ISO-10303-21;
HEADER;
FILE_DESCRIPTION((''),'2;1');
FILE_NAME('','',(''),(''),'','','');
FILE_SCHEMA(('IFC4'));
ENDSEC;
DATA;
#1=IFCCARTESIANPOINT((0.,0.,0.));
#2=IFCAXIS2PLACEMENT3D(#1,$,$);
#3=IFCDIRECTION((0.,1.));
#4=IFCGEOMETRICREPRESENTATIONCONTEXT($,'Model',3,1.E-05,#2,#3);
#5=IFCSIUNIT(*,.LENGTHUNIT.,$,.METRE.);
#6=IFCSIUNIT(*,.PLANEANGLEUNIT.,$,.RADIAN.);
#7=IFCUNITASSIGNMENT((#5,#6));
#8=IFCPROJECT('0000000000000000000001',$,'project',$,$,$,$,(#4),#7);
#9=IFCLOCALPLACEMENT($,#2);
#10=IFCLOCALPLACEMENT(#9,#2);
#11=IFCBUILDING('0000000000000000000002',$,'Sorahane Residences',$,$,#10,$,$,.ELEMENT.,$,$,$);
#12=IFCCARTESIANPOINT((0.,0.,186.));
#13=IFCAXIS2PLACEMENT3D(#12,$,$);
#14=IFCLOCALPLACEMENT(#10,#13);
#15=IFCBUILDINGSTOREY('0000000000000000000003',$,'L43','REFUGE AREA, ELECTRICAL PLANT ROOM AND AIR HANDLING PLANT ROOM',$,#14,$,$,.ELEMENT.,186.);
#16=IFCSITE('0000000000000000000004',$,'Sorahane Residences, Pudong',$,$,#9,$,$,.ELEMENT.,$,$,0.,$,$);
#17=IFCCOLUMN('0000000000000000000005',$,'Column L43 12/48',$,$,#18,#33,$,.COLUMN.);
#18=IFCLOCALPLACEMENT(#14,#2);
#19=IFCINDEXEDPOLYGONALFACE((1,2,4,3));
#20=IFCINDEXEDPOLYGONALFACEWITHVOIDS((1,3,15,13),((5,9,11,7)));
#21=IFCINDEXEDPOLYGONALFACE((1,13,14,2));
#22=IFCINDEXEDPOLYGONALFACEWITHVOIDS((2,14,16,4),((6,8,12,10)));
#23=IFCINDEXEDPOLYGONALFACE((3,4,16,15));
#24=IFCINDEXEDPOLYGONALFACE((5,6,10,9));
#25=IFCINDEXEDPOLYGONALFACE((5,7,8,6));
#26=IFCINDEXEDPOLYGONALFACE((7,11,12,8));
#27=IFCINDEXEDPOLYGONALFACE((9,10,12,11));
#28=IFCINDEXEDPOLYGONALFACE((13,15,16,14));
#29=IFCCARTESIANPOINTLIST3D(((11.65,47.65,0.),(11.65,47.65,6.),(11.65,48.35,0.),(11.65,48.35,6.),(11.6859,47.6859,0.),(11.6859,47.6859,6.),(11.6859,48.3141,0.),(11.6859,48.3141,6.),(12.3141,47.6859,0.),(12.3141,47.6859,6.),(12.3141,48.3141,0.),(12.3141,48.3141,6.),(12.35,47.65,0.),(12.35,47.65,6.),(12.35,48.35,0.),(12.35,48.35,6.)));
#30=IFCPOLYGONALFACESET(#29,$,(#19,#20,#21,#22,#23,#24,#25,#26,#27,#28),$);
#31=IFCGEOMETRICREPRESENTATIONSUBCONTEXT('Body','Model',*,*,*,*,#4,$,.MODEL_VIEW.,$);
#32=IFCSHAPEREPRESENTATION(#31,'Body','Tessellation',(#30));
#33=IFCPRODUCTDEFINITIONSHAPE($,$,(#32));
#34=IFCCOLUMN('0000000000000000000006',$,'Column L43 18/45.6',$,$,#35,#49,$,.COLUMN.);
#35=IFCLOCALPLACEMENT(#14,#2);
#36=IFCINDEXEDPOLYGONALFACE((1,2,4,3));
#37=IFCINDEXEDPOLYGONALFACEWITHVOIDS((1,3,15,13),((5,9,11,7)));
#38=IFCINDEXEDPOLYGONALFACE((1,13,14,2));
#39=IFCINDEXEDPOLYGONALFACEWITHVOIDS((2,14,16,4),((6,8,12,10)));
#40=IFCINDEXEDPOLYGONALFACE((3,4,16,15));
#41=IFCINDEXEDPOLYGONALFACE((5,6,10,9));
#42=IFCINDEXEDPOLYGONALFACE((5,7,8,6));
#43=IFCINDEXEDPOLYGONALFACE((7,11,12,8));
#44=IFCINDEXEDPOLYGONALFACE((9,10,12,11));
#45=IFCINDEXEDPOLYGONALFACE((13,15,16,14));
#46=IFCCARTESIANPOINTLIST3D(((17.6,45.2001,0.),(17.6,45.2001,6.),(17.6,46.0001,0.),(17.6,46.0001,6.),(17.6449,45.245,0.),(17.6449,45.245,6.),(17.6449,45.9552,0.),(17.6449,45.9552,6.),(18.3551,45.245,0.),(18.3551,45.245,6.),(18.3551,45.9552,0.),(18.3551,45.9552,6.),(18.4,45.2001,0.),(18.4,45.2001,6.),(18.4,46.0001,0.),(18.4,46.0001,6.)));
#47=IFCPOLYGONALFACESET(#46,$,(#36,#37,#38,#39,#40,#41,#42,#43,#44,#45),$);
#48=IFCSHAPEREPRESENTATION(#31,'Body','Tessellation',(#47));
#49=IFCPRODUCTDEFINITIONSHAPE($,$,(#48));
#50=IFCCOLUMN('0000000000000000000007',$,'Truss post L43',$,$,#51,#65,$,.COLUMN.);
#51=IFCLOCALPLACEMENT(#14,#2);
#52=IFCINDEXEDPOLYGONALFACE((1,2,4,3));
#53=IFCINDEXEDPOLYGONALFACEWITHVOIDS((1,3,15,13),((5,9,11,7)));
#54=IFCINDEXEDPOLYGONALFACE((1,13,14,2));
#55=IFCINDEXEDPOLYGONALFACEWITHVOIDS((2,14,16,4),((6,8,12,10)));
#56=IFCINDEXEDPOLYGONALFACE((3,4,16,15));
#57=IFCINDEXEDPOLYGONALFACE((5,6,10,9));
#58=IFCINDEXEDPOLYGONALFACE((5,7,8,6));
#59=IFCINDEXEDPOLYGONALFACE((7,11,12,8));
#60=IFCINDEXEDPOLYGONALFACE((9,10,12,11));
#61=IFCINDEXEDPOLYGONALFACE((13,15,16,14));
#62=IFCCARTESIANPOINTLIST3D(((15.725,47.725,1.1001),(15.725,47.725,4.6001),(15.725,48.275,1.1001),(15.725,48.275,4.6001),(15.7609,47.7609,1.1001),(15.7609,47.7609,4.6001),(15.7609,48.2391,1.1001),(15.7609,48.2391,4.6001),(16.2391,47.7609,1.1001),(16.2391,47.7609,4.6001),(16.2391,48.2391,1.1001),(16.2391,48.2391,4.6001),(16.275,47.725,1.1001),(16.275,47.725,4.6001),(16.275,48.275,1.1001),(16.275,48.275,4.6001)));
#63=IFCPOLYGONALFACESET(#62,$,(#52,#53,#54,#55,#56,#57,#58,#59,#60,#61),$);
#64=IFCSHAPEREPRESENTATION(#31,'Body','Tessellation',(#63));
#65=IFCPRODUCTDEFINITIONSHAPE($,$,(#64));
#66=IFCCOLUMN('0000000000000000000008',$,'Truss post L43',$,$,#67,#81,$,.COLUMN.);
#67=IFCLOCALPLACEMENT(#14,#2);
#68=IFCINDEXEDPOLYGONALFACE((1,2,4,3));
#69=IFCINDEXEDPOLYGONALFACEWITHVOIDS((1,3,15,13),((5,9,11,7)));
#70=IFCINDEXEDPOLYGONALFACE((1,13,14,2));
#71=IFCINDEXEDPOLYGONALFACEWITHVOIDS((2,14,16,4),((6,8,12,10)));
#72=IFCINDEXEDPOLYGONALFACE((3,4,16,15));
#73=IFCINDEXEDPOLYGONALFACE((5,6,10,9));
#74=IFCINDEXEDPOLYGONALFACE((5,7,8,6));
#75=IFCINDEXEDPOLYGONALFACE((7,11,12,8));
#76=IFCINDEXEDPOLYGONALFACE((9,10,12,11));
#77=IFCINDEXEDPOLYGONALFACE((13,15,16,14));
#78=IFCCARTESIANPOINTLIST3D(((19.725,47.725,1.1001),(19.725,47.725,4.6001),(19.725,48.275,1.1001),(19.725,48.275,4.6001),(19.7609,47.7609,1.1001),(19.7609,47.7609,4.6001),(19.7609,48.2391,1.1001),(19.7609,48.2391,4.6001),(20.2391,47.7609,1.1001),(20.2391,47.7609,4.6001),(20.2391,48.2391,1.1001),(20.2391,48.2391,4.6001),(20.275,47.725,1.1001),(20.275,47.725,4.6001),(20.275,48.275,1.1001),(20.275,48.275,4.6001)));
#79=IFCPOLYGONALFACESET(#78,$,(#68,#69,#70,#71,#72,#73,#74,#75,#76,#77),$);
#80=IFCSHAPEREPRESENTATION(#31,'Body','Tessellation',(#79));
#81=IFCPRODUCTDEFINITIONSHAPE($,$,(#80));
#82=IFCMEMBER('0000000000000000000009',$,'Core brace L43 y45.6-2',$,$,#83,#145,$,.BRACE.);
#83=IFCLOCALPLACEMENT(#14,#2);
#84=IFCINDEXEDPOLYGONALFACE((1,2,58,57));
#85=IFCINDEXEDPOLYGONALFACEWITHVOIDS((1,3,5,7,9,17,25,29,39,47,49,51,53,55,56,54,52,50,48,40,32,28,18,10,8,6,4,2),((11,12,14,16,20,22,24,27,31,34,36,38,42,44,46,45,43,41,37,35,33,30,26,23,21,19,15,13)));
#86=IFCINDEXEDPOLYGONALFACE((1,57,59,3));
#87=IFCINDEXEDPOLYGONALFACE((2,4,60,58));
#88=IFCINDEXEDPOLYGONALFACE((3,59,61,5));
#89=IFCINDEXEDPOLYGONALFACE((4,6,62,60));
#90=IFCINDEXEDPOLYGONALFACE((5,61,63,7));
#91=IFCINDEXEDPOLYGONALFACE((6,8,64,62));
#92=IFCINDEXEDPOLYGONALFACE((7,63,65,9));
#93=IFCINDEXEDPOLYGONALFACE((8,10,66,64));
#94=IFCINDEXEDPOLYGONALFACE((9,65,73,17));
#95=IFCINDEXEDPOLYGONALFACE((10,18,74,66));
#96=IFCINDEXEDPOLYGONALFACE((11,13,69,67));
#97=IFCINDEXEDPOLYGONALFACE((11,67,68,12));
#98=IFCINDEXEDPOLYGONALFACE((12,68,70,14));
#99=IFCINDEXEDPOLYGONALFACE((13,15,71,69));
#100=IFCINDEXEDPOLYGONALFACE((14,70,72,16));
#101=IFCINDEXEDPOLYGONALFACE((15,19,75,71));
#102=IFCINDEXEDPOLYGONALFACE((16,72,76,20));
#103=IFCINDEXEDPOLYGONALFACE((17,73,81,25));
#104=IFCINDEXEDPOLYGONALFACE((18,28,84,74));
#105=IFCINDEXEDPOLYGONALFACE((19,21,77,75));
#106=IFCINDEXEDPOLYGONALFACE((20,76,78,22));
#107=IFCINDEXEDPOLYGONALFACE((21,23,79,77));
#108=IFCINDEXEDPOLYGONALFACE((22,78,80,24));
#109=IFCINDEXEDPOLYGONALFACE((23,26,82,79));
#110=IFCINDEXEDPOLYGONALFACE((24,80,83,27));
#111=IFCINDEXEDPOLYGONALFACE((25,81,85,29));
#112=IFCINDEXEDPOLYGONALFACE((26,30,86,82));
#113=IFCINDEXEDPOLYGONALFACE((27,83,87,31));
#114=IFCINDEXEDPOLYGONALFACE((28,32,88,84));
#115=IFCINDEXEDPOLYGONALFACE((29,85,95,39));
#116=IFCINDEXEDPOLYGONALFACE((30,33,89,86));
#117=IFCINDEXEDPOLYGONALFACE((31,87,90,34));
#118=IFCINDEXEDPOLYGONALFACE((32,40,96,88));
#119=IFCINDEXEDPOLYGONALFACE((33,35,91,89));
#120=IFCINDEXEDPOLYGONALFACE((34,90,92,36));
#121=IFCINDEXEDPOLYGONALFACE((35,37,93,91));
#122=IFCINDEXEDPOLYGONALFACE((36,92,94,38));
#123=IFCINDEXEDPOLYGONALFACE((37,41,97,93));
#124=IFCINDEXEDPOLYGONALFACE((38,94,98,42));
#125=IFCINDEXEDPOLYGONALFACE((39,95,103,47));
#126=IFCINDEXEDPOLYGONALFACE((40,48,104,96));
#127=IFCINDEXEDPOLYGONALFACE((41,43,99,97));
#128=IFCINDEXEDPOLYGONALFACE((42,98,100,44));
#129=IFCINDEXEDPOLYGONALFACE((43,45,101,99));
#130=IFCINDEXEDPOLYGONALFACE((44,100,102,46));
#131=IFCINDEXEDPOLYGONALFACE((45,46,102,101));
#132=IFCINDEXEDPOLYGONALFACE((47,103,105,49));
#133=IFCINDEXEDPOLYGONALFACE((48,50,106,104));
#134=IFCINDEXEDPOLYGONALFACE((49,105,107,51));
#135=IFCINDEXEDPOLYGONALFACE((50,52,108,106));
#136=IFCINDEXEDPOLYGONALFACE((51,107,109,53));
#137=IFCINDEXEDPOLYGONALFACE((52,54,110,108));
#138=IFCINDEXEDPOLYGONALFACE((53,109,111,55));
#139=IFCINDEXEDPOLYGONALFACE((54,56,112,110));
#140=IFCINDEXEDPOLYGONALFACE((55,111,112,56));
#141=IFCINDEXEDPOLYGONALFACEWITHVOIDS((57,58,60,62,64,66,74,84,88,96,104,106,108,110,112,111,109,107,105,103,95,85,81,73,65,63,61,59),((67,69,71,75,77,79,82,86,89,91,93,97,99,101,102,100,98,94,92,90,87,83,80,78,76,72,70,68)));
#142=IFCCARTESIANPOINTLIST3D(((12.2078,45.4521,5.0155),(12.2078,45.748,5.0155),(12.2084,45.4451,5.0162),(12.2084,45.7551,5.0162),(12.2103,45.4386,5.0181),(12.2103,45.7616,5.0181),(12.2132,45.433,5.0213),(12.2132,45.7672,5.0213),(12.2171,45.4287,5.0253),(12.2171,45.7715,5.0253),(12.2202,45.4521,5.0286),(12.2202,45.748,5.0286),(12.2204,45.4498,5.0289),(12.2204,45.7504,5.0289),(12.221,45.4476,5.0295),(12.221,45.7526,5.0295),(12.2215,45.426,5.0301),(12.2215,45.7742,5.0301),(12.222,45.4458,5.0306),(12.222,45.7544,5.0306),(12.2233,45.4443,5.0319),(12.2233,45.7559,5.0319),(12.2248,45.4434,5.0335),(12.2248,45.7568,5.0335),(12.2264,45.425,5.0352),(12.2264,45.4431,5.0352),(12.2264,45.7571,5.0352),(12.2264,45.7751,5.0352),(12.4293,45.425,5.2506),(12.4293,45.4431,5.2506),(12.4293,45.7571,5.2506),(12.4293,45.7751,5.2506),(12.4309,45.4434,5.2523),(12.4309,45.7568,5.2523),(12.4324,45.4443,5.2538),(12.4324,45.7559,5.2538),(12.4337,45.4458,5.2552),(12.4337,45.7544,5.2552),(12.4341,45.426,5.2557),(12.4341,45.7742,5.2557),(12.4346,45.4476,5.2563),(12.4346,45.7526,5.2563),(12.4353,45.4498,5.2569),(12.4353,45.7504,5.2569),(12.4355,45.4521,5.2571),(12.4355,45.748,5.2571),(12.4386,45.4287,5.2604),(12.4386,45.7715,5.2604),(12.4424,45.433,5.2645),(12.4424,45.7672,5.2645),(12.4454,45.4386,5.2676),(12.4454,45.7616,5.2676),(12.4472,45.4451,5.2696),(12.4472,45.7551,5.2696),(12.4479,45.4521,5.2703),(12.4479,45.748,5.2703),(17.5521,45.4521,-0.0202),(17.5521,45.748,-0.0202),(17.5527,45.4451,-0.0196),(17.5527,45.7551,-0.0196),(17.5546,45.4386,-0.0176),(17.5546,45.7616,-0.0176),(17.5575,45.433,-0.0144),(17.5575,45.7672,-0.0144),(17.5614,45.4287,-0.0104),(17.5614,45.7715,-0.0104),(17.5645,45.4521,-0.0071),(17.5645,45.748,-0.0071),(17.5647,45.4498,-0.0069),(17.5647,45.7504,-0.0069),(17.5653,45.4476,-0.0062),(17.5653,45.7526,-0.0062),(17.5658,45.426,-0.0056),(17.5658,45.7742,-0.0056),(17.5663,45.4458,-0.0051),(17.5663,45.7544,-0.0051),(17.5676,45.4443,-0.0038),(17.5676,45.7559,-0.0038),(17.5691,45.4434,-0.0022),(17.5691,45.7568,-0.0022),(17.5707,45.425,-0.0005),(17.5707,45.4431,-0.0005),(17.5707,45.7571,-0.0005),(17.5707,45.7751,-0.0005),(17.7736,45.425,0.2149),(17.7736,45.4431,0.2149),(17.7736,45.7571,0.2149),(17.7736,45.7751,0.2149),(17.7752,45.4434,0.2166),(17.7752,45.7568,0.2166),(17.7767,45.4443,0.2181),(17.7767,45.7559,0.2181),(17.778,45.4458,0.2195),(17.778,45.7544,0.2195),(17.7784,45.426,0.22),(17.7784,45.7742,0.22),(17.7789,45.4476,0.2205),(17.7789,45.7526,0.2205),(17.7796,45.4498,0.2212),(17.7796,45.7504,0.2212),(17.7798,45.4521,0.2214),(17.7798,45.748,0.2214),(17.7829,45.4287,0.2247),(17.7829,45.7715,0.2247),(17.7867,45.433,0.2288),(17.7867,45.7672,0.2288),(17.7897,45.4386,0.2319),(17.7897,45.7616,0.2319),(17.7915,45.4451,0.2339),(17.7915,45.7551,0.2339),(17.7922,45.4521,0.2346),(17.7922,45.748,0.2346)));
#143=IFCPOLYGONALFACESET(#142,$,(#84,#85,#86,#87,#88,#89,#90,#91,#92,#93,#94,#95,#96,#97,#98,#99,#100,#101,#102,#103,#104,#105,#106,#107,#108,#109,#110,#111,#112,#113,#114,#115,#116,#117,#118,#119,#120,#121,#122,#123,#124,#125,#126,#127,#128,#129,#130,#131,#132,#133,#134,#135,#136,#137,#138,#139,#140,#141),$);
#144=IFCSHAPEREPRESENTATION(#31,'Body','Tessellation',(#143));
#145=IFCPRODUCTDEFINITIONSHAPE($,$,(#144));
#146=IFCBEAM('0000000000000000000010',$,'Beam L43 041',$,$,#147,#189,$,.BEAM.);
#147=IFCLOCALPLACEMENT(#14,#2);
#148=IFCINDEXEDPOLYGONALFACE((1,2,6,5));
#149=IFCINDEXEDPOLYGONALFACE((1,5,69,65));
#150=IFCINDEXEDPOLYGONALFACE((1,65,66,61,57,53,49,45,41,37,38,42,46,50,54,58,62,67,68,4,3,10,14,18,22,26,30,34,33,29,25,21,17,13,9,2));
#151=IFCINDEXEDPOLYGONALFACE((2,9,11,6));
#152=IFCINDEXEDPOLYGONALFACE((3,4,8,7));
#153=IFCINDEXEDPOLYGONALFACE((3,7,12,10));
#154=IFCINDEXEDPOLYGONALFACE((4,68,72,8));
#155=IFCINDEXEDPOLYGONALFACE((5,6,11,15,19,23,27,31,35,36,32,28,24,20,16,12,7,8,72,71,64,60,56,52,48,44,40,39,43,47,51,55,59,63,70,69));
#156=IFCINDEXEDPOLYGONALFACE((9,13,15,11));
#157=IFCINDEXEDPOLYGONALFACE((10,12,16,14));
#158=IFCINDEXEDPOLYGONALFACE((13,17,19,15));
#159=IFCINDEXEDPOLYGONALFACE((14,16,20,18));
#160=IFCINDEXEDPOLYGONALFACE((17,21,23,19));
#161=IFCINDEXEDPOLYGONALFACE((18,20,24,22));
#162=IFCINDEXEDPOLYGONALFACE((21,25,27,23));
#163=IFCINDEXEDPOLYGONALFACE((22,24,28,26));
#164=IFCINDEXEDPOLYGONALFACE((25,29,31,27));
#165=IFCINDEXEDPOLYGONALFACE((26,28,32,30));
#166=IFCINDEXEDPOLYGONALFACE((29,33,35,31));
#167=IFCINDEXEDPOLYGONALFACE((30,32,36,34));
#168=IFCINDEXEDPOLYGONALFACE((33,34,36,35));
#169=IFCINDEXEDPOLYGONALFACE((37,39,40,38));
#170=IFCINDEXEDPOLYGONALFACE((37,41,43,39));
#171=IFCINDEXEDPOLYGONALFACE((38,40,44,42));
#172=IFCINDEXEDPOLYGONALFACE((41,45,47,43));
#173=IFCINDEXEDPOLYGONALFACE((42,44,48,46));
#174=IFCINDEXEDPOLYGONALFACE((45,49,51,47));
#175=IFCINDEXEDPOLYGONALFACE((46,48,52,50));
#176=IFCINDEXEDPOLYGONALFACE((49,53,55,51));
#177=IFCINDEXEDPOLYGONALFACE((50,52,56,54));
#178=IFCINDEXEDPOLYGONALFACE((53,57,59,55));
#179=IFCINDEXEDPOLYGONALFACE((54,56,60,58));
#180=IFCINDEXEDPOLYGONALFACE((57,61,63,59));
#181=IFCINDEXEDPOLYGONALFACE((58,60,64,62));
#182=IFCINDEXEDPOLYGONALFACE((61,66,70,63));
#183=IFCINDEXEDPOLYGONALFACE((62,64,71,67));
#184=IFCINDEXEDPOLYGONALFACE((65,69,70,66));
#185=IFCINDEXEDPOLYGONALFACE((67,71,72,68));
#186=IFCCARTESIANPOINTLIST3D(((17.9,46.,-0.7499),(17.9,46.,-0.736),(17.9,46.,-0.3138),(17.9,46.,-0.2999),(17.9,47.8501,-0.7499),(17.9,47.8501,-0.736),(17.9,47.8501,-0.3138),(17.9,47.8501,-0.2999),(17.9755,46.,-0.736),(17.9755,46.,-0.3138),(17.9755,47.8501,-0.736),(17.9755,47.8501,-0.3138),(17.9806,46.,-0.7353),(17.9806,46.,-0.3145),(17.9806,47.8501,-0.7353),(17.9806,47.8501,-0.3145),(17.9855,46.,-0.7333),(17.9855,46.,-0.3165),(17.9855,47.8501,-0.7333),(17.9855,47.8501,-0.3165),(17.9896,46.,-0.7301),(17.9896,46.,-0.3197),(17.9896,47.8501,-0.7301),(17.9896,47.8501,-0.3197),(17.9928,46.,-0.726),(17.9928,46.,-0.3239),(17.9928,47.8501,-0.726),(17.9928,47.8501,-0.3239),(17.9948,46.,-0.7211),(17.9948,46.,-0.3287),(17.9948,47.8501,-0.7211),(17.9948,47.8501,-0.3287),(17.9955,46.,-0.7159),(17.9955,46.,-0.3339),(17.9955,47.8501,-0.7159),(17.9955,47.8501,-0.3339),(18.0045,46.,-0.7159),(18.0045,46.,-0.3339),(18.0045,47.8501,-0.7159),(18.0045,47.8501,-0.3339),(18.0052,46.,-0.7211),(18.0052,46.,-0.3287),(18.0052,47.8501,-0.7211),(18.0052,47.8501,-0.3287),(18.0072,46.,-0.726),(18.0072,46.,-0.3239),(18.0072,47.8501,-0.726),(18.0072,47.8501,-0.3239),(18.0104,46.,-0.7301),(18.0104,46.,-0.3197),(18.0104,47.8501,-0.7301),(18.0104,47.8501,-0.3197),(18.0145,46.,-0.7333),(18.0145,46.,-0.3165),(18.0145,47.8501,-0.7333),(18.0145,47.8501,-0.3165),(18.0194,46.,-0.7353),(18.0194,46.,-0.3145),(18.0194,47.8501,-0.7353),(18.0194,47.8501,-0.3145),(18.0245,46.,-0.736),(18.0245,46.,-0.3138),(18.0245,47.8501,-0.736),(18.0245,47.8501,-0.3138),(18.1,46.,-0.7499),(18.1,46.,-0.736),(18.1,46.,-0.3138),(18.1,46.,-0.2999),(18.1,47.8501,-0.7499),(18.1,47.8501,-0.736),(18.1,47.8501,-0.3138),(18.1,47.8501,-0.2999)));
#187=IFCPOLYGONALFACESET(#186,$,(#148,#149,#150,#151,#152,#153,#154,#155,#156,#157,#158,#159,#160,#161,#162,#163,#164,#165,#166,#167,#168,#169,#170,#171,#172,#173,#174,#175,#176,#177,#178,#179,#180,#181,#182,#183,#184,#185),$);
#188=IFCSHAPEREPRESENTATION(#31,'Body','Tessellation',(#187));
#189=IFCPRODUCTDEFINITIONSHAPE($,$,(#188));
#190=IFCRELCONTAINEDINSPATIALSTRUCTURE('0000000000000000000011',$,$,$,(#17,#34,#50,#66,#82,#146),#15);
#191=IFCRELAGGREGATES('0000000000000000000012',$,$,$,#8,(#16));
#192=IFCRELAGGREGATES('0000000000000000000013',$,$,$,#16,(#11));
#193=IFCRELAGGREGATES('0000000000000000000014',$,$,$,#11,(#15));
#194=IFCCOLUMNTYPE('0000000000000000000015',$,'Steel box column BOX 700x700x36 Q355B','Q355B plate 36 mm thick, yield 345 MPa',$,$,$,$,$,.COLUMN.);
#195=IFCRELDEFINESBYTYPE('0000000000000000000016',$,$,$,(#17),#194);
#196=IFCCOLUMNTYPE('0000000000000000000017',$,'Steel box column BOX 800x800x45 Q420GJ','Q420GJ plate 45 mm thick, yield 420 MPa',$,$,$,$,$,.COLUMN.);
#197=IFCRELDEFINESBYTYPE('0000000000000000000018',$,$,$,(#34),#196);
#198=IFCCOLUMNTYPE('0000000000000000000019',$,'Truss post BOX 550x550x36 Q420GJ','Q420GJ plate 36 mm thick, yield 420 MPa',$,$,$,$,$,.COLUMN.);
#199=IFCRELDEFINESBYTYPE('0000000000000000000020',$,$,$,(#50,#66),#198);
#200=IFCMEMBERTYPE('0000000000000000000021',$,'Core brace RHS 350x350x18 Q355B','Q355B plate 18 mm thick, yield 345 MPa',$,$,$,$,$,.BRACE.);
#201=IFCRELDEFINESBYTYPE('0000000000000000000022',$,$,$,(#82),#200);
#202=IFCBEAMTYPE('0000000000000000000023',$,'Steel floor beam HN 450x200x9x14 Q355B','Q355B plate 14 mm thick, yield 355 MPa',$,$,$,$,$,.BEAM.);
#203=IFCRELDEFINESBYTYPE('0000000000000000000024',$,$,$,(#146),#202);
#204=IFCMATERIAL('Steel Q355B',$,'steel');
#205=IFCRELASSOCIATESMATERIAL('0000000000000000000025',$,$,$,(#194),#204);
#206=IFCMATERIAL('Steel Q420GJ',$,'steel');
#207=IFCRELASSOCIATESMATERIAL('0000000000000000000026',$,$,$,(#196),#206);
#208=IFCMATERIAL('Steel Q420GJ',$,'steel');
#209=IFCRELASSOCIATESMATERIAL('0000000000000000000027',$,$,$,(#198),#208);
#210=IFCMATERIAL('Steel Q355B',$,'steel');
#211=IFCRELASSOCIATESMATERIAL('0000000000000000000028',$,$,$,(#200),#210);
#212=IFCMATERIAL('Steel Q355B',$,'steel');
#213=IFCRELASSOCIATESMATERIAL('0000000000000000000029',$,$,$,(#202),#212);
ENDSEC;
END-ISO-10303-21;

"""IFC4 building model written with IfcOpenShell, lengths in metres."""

from ifc_helpers import new_model, si_unit, direction, frame, origin, origin_2d, place, context, subcontext, project, spatial, hollow_rectangle, i_section, extrude, material, material_profile, profile_set, type_object, element, save


model = new_model("IFC4")

# Units and contexts
model_context = context("Model", 3, precision=1e-05, world=origin(), true_north=direction((0.0, 1.0)))
body_context = subcontext(model_context, "Body", "Model", "MODEL_VIEW")
ifc_project = project(units=[si_unit("LENGTHUNIT", "METRE"), si_unit("PLANEANGLEUNIT", "RADIAN")], contexts=[model_context])

# Site, building, storey
site_placement = place(None, origin())
site = spatial("IfcSite", under=ifc_project, at=site_placement, Name="Sorahane Residences, Pudong", CompositionType="ELEMENT", RefElevation=0.0)
building_placement = place(site_placement, origin())
building = spatial("IfcBuilding", under=site, at=building_placement, Name="Sorahane Residences", CompositionType="ELEMENT")
storey_placement = place(building_placement, frame((0.0, 0.0, 186.0)))
storey = spatial("IfcBuildingStorey", under=building, at=storey_placement, Name="L43", Description="REFUGE AREA, ELECTRICAL PLANT ROOM AND AIR HANDLING PLANT ROOM", CompositionType="ELEMENT", Elevation=186.0)

# Columns
ifc_material_1 = material(Name="Steel Q355B", Category="steel")
ifc_material_profile_1 = material_profile(ifc_material_1, hollow_rectangle(XDim=0.7, YDim=0.7, WallThickness=0.0359, at=origin_2d()), Name="BOX 700x700x36")
ifc_profile_set_1 = profile_set([ifc_material_profile_1], Name="Steel Q355B")
column_type_1 = type_object("IfcColumnType", Name="Steel box column BOX 700x700x36 Q355B", Description="Q355B plate 36 mm thick, yield 345 MPa", PredefinedType="COLUMN", material=ifc_profile_set_1)
column_1_placement = place(storey_placement, frame((12.0, 48.0, 0.0), z_axis=(0.0, 0.0, 1.0), x_axis=(1.0, 0.0, 0.0)))
element("IfcColumn", 1, at=column_1_placement, inside=storey, type_object=column_type_1, Name="Column L43 12/48", PredefinedType="COLUMN", context=body_context, shape_type="SweptSolid", body=[
    extrude(hollow_rectangle(XDim=0.7, YDim=0.7, WallThickness=0.0359, at=origin_2d()), origin(), (0.0, 0.0, 1.0), 6.0),
])
ifc_material_2 = material(Name="Steel Q420GJ", Category="steel")
ifc_material_profile_2 = material_profile(ifc_material_2, hollow_rectangle(XDim=0.8, YDim=0.8, WallThickness=0.0449, at=origin_2d()), Name="BOX 800x800x45")
ifc_profile_set_2 = profile_set([ifc_material_profile_2], Name="Steel Q420GJ")
column_type_2 = type_object("IfcColumnType", Name="Steel box column BOX 800x800x45 Q420GJ", Description="Q420GJ plate 45 mm thick, yield 420 MPa", PredefinedType="COLUMN", material=ifc_profile_set_2)
column_2_placement = place(storey_placement, frame((18.0, 45.6001, 0.0), z_axis=(0.0, 0.0, 1.0), x_axis=(1.0, 0.0, 0.0)))
element("IfcColumn", 2, at=column_2_placement, inside=storey, type_object=column_type_2, Name="Column L43 18/45.6", PredefinedType="COLUMN", context=body_context, shape_type="SweptSolid", body=[
    extrude(hollow_rectangle(XDim=0.8, YDim=0.8, WallThickness=0.0449, at=origin_2d()), origin(), (0.0, 0.0, 1.0), 6.0),
])
ifc_material_3 = material(Name="Steel Q420GJ", Category="steel")
ifc_material_profile_3 = material_profile(ifc_material_3, hollow_rectangle(XDim=0.55, YDim=0.55, WallThickness=0.0359, at=origin_2d()), Name="BOX 550x550x36")
ifc_profile_set_3 = profile_set([ifc_material_profile_3], Name="Steel Q420GJ")
column_type_3 = type_object("IfcColumnType", Name="Truss post BOX 550x550x36 Q420GJ", Description="Q420GJ plate 36 mm thick, yield 420 MPa", PredefinedType="COLUMN", material=ifc_profile_set_3)
for number, where, z_axis, x_axis, name in (
    (3, (16.0, 48.0, 1.1001), (0.0, 0.0, 1.0), (1.0, 0.0, 0.0), "Truss post L43"),
    (4, (20.0, 48.0, 1.1001), (0.0, 0.0, 1.0), (1.0, 0.0, 0.0), "Truss post L43"),
):
    element("IfcColumn", number, at=place(storey_placement, frame(where, z_axis=z_axis, x_axis=x_axis)), inside=storey, type_object=column_type_3, Name=name, PredefinedType="COLUMN", context=body_context, shape_type="SweptSolid", body=[
        extrude(hollow_rectangle(XDim=0.55, YDim=0.55, WallThickness=0.0359, at=origin_2d()), origin(), (0.0, 0.0, 1.0), 3.5),
    ])

# Member
ifc_material_4 = material(Name="Steel Q355B", Category="steel")
ifc_material_profile_4 = material_profile(ifc_material_4, hollow_rectangle(XDim=0.3501, YDim=0.3501, WallThickness=0.0181, InnerFilletRadius=0.009, OuterFilletRadius=0.0271, at=origin_2d()), Name="RHS 350x350x18")
ifc_profile_set_4 = profile_set([ifc_material_profile_4], Name="Steel Q355B")
member_type_1 = type_object("IfcMemberType", Name="Core brace RHS 350x350x18 Q355B", Description="Q355B plate 18 mm thick, yield 345 MPa", PredefinedType="BRACE", material=ifc_profile_set_4)
member_1_placement = place(storey_placement, frame((17.6721, 45.6001, 0.1072), z_axis=(-0.727807, 0.0, 0.685782), x_axis=(0.0, -1.0, 0.0)))
element("IfcMember", 5, at=member_1_placement, inside=storey, type_object=member_type_1, Name="Core brace L43 y45.6-2", PredefinedType="BRACE", context=body_context, shape_type="SweptSolid", body=[
    extrude(hollow_rectangle(XDim=0.3501, YDim=0.3501, WallThickness=0.0181, InnerFilletRadius=0.009, OuterFilletRadius=0.0271, at=origin_2d()), origin(), (0.0, 0.0, 1.0), 7.343),
])

# Beam
ifc_material_5 = material(Name="Steel Q355B", Category="steel")
ifc_material_profile_5 = material_profile(ifc_material_5, i_section(OverallWidth=0.2, OverallDepth=0.45, WebThickness=0.009, FlangeThickness=0.0139, FilletRadius=0.02, at=origin_2d()), Name="HN 450x200x9x14")
ifc_profile_set_5 = profile_set([ifc_material_profile_5], Name="Steel Q355B")
beam_type_1 = type_object("IfcBeamType", Name="Steel floor beam HN 450x200x9x14 Q355B", Description="Q355B plate 14 mm thick, yield 355 MPa", PredefinedType="BEAM", material=ifc_profile_set_5)
beam_1_placement = place(storey_placement, frame((18.0, 46.0, -0.5249), z_axis=(0.0, 1.0, 0.0), x_axis=(-1.0, 0.0, 0.0)))
element("IfcBeam", 6, at=beam_1_placement, inside=storey, type_object=beam_type_1, Name="Beam L43 041", PredefinedType="BEAM", context=body_context, shape_type="SweptSolid", body=[
    extrude(i_section(OverallWidth=0.2, OverallDepth=0.45, WebThickness=0.009, FlangeThickness=0.0139, FilletRadius=0.02, at=origin_2d()), origin(), (0.0, 0.0, 1.0), 1.8501),
])

save(model, "model.ifc")
